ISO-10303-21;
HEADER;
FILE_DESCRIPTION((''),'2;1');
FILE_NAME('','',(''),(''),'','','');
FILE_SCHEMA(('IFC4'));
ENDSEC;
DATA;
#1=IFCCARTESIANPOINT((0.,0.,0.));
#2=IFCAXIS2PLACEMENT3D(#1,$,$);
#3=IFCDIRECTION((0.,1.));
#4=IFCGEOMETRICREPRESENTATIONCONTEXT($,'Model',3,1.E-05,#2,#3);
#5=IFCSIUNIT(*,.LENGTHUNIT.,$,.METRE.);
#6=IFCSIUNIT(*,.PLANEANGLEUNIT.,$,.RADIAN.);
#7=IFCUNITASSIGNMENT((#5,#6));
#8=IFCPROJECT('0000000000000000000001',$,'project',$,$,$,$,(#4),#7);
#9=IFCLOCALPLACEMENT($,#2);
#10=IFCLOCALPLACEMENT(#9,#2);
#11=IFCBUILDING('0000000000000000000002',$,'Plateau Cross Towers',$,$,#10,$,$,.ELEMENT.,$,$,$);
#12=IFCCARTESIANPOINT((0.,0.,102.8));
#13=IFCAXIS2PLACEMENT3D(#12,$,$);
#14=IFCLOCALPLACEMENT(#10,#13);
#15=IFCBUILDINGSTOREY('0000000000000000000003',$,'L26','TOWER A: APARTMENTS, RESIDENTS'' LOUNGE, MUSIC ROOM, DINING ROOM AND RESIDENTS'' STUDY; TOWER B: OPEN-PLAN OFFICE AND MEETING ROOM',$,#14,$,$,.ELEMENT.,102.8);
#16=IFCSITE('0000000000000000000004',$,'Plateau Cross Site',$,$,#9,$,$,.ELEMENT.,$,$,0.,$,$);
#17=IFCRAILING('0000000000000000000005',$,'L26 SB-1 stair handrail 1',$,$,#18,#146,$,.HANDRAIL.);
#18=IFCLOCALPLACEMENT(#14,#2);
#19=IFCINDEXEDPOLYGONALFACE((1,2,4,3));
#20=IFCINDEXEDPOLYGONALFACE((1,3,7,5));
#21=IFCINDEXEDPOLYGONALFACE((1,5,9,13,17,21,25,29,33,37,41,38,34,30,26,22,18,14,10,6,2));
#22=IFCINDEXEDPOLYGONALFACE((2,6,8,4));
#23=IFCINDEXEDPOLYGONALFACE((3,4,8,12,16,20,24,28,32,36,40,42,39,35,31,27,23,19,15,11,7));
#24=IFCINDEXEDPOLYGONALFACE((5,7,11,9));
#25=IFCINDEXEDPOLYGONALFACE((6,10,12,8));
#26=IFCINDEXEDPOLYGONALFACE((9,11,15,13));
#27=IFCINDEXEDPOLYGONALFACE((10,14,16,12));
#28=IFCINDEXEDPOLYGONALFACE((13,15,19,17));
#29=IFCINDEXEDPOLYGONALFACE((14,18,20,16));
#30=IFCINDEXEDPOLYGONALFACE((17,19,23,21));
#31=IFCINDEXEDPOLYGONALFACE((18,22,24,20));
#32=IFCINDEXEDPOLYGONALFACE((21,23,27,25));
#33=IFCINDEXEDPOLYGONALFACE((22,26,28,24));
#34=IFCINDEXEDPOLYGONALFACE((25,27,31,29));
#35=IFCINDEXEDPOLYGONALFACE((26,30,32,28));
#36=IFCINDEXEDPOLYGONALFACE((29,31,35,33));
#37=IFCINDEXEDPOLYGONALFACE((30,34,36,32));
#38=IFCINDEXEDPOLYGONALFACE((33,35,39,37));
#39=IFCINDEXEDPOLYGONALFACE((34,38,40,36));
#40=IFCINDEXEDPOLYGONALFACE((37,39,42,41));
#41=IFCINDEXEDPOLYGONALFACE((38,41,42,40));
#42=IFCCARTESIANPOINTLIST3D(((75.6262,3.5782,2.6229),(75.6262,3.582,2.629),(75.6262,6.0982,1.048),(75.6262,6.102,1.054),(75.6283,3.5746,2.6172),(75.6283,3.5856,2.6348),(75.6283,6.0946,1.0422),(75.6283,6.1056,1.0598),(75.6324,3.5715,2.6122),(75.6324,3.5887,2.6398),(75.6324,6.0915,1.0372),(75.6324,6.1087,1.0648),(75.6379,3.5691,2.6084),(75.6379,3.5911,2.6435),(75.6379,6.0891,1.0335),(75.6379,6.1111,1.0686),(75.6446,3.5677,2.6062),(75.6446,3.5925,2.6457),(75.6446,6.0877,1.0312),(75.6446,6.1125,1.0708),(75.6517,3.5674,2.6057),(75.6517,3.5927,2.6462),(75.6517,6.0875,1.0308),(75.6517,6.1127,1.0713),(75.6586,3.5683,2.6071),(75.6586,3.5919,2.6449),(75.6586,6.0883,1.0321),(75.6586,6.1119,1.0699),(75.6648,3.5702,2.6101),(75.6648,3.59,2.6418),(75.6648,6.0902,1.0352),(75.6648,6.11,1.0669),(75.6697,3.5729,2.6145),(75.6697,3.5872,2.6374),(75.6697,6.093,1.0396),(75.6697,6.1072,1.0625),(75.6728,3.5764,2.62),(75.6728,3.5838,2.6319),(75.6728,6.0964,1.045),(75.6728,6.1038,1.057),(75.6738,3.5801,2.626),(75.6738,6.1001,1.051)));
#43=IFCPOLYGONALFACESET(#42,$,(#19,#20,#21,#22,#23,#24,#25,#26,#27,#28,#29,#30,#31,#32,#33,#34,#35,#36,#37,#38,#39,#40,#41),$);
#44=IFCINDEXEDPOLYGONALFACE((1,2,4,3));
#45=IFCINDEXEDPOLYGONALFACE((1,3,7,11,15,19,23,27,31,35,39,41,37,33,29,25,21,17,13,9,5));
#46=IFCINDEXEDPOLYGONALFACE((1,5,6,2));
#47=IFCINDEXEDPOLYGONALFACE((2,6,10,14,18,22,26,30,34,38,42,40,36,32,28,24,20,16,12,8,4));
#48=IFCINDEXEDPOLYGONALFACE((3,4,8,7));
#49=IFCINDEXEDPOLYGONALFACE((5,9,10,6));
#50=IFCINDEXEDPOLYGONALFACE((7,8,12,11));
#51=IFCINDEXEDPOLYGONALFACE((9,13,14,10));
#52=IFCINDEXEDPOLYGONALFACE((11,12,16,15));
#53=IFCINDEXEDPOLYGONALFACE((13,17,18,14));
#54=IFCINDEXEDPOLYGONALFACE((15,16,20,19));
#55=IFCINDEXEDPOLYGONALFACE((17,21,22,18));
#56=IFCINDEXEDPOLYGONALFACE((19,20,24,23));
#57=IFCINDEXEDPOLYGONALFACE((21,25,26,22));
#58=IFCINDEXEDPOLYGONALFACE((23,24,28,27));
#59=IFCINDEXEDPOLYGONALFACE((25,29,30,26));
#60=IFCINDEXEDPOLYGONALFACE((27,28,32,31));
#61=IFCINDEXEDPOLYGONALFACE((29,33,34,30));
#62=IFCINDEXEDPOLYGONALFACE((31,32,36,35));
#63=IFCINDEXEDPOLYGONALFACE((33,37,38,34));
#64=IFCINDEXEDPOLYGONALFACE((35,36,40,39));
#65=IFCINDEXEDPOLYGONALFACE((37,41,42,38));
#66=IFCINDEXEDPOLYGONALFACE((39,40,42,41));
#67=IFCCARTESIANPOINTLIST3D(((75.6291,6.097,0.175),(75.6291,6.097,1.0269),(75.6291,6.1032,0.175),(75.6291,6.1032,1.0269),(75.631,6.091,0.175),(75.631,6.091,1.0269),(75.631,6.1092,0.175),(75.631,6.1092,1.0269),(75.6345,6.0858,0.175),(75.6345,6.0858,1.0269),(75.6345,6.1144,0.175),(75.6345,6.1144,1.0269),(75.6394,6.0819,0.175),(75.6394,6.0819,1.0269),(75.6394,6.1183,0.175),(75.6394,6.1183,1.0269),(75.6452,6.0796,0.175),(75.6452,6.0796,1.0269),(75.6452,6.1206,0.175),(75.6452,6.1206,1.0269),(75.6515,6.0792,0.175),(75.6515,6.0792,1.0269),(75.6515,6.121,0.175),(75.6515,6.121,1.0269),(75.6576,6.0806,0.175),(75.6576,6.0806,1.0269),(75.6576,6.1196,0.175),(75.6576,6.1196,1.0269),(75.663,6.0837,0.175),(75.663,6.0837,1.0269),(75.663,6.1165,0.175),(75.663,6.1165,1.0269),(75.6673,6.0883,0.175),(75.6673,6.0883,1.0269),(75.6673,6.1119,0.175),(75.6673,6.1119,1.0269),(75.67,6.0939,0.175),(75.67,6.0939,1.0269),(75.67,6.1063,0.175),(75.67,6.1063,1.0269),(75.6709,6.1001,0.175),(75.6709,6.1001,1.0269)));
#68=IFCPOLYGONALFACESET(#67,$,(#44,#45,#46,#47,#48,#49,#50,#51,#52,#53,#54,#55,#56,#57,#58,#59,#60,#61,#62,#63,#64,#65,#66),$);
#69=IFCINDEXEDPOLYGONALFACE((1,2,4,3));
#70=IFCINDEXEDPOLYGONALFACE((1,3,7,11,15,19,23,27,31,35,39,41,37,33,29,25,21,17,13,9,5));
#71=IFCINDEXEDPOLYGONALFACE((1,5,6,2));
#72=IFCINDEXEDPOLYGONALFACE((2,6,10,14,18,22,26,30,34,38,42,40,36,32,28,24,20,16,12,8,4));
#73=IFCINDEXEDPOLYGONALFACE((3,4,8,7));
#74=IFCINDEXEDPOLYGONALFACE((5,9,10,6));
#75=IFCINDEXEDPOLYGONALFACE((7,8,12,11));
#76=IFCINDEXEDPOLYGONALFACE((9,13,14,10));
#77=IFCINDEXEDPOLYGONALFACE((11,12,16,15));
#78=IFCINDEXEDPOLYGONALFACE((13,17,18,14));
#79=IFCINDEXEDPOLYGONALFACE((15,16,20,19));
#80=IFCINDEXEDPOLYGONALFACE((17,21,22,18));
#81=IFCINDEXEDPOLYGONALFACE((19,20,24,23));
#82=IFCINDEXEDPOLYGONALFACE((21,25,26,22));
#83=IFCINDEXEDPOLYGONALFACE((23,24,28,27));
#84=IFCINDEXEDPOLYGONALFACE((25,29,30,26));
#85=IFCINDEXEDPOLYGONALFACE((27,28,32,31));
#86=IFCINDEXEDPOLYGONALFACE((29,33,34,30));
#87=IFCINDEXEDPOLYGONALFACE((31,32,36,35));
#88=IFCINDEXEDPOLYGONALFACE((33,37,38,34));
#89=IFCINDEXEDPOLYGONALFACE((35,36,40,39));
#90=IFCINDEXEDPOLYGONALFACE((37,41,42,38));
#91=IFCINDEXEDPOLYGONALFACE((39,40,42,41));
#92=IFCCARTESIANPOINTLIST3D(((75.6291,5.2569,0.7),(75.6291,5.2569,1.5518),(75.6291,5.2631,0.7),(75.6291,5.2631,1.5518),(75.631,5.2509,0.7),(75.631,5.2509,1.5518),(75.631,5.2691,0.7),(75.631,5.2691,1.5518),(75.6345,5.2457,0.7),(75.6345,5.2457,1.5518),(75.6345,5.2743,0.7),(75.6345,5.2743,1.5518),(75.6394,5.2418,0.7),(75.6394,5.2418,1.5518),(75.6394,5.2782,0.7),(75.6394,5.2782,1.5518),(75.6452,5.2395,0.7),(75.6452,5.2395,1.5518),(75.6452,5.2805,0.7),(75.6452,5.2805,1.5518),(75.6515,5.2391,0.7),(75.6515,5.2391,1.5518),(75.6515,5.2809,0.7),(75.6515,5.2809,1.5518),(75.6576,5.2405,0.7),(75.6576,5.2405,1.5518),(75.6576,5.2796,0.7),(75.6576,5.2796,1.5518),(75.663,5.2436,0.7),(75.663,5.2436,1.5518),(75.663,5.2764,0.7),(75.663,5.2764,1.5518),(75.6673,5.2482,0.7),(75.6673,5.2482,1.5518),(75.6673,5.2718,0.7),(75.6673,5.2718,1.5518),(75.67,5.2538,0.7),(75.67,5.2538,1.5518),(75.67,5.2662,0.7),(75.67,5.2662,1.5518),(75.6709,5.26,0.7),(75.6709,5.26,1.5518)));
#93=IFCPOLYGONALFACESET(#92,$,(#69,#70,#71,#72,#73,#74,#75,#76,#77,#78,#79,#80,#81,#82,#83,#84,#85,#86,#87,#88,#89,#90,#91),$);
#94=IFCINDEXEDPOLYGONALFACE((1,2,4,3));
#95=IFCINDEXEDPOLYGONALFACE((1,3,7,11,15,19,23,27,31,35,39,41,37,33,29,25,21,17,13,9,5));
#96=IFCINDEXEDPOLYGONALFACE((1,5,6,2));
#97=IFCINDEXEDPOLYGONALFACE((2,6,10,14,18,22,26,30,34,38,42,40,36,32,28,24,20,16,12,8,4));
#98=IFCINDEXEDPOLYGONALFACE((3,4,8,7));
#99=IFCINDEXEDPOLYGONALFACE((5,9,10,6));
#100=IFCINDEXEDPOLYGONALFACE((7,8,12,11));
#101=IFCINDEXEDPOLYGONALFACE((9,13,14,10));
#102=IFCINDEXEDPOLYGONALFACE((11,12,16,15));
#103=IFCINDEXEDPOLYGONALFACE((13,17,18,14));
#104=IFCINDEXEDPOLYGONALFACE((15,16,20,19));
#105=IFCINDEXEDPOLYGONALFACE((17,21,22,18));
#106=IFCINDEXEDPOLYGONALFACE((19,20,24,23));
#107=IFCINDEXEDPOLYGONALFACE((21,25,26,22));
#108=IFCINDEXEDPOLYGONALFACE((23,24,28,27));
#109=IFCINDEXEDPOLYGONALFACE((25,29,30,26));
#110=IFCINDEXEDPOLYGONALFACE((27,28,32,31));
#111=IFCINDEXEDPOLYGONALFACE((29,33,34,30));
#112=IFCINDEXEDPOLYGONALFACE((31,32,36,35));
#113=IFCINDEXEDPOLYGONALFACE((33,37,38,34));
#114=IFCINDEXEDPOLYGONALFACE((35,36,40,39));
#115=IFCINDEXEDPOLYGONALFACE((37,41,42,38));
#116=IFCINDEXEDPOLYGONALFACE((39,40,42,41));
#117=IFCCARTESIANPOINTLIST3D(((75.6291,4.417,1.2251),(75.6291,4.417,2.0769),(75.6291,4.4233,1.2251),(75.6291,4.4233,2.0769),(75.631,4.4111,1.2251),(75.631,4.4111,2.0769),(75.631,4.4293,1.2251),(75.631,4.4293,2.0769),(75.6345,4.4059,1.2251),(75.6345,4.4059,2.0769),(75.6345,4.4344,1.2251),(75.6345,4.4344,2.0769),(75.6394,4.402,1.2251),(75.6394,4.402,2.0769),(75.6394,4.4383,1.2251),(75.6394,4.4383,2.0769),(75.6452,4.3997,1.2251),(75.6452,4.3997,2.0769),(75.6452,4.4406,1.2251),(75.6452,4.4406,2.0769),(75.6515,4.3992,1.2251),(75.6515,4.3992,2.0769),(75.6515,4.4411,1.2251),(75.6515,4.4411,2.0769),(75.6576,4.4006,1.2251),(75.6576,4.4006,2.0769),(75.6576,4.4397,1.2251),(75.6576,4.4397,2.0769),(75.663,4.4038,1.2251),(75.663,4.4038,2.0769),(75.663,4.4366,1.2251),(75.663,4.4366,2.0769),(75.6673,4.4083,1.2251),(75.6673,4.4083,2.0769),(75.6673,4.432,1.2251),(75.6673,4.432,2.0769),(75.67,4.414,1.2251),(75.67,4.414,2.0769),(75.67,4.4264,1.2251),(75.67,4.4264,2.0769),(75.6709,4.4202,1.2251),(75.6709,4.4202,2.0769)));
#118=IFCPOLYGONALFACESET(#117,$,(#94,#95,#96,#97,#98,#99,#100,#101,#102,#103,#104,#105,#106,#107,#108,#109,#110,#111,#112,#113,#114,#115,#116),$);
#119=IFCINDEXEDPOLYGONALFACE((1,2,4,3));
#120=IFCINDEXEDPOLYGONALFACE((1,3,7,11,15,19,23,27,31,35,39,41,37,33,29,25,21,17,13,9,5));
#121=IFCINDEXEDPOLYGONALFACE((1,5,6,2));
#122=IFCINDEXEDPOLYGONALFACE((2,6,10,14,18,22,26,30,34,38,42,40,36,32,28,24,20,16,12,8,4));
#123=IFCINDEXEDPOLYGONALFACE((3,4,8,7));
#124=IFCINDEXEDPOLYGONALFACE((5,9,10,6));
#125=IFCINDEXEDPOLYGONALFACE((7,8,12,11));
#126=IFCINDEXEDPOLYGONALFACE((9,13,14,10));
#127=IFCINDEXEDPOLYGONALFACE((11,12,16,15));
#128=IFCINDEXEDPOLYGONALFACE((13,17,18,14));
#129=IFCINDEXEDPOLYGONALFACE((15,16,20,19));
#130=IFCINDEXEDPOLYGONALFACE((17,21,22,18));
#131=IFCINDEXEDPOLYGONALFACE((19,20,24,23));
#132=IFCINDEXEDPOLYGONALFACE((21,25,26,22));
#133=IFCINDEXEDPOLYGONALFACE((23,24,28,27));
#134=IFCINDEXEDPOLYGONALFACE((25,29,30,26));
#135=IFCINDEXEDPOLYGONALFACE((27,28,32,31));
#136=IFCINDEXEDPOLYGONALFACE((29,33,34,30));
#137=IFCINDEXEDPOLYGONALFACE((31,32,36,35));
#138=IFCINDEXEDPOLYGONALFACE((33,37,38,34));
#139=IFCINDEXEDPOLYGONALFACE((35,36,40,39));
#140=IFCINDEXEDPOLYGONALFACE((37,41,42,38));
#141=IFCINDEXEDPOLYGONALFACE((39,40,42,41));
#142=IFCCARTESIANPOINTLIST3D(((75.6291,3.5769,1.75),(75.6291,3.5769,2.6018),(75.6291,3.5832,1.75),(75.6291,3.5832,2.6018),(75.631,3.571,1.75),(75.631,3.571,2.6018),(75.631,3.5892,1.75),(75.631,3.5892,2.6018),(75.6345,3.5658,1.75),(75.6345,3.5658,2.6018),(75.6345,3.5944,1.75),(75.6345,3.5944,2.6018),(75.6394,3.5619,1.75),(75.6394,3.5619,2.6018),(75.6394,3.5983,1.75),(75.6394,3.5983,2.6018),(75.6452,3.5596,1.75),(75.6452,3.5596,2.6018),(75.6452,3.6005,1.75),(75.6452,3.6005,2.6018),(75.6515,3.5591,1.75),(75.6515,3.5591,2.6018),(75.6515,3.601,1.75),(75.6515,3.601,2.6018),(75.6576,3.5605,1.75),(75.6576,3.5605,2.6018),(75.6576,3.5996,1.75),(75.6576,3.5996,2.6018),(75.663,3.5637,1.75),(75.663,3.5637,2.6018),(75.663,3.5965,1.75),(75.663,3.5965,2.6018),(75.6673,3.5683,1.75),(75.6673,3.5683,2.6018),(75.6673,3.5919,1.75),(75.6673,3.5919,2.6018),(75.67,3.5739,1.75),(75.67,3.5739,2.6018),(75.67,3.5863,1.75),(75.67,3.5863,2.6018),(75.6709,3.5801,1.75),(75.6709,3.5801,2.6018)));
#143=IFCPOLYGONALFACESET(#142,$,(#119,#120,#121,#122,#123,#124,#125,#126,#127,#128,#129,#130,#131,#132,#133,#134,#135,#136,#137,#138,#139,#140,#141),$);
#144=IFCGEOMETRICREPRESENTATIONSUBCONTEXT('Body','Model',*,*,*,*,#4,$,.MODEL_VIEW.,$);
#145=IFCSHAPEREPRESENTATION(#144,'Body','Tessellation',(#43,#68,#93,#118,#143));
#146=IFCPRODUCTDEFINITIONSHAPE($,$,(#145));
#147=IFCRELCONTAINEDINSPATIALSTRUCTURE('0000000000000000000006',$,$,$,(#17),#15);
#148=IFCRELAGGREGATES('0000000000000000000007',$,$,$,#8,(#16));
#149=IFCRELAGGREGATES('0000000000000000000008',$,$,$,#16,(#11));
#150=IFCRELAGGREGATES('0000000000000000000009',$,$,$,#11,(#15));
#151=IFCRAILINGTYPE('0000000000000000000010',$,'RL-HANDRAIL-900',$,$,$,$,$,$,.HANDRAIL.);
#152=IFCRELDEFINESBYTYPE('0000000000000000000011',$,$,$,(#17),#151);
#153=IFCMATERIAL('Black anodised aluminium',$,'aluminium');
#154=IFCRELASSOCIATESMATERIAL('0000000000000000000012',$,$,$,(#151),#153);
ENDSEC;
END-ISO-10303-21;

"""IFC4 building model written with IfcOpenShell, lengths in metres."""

from ifc_helpers import new_model, si_unit, direction, frame, origin, origin_2d, place, context, subcontext, project, spatial, circle, extrude, material, type_object, element, save


model = new_model("IFC4")

# Units and contexts
model_context = context("Model", 3, precision=1e-05, world=origin(), true_north=direction((0.0, 1.0)))
body_context = subcontext(model_context, "Body", "Model", "MODEL_VIEW")
ifc_project = project(units=[si_unit("LENGTHUNIT", "METRE"), si_unit("PLANEANGLEUNIT", "RADIAN")], contexts=[model_context])

# Site, building, storey
site_placement = place(None, origin())
site = spatial("IfcSite", under=ifc_project, at=site_placement, Name="Plateau Cross Site", CompositionType="ELEMENT", RefElevation=0.0)
building_placement = place(site_placement, origin())
building = spatial("IfcBuilding", under=site, at=building_placement, Name="Plateau Cross Towers", CompositionType="ELEMENT")
storey_placement = place(building_placement, frame((0.0, 0.0, 102.8)))
storey = spatial("IfcBuildingStorey", under=building, at=storey_placement, Name="L26", Description="TOWER A: APARTMENTS, RESIDENTS' LOUNGE, MUSIC ROOM, DINING ROOM AND RESIDENTS' STUDY; TOWER B: OPEN-PLAN OFFICE AND MEETING ROOM", CompositionType="ELEMENT", Elevation=102.8)

# Railing
ifc_material_1 = material(Name="Black anodised aluminium", Category="aluminium")
railing_type_1 = type_object("IfcRailingType", Name="RL-HANDRAIL-900", PredefinedType="HANDRAIL", material=ifc_material_1)
railing_1_placement = place(storey_placement, frame((75.6499, 6.1001, 0.175)))
element("IfcRailing", 1, at=railing_1_placement, inside=storey, type_object=railing_type_1, Name="L26 SB-1 stair handrail 1", PredefinedType="HANDRAIL", context=body_context, shape_type="SweptSolid", body=[
    extrude(circle(Radius=0.0239, at=origin_2d()), frame((0.0, 0.0, 0.876), z_axis=(0.0, -0.848008, 0.529984), x_axis=(1.0, 0.0, 0.0)), (0.0, 0.0, 1.0), 2.9717),
    extrude(circle(Radius=0.021, at=origin_2d()), origin(), (0.0, 0.0, 1.0), 0.8518),
    extrude(circle(Radius=0.021, at=origin_2d()), frame((0.0, -0.8401, 0.5249)), (0.0, 0.0, 1.0), 0.8518),
    extrude(circle(Radius=0.021, at=origin_2d()), frame((0.0, -1.6799, 1.05)), (0.0, 0.0, 1.0), 0.8518),
    extrude(circle(Radius=0.021, at=origin_2d()), frame((0.0, -2.52, 1.575)), (0.0, 0.0, 1.0), 0.8518),
])

save(model, "model.ifc")
